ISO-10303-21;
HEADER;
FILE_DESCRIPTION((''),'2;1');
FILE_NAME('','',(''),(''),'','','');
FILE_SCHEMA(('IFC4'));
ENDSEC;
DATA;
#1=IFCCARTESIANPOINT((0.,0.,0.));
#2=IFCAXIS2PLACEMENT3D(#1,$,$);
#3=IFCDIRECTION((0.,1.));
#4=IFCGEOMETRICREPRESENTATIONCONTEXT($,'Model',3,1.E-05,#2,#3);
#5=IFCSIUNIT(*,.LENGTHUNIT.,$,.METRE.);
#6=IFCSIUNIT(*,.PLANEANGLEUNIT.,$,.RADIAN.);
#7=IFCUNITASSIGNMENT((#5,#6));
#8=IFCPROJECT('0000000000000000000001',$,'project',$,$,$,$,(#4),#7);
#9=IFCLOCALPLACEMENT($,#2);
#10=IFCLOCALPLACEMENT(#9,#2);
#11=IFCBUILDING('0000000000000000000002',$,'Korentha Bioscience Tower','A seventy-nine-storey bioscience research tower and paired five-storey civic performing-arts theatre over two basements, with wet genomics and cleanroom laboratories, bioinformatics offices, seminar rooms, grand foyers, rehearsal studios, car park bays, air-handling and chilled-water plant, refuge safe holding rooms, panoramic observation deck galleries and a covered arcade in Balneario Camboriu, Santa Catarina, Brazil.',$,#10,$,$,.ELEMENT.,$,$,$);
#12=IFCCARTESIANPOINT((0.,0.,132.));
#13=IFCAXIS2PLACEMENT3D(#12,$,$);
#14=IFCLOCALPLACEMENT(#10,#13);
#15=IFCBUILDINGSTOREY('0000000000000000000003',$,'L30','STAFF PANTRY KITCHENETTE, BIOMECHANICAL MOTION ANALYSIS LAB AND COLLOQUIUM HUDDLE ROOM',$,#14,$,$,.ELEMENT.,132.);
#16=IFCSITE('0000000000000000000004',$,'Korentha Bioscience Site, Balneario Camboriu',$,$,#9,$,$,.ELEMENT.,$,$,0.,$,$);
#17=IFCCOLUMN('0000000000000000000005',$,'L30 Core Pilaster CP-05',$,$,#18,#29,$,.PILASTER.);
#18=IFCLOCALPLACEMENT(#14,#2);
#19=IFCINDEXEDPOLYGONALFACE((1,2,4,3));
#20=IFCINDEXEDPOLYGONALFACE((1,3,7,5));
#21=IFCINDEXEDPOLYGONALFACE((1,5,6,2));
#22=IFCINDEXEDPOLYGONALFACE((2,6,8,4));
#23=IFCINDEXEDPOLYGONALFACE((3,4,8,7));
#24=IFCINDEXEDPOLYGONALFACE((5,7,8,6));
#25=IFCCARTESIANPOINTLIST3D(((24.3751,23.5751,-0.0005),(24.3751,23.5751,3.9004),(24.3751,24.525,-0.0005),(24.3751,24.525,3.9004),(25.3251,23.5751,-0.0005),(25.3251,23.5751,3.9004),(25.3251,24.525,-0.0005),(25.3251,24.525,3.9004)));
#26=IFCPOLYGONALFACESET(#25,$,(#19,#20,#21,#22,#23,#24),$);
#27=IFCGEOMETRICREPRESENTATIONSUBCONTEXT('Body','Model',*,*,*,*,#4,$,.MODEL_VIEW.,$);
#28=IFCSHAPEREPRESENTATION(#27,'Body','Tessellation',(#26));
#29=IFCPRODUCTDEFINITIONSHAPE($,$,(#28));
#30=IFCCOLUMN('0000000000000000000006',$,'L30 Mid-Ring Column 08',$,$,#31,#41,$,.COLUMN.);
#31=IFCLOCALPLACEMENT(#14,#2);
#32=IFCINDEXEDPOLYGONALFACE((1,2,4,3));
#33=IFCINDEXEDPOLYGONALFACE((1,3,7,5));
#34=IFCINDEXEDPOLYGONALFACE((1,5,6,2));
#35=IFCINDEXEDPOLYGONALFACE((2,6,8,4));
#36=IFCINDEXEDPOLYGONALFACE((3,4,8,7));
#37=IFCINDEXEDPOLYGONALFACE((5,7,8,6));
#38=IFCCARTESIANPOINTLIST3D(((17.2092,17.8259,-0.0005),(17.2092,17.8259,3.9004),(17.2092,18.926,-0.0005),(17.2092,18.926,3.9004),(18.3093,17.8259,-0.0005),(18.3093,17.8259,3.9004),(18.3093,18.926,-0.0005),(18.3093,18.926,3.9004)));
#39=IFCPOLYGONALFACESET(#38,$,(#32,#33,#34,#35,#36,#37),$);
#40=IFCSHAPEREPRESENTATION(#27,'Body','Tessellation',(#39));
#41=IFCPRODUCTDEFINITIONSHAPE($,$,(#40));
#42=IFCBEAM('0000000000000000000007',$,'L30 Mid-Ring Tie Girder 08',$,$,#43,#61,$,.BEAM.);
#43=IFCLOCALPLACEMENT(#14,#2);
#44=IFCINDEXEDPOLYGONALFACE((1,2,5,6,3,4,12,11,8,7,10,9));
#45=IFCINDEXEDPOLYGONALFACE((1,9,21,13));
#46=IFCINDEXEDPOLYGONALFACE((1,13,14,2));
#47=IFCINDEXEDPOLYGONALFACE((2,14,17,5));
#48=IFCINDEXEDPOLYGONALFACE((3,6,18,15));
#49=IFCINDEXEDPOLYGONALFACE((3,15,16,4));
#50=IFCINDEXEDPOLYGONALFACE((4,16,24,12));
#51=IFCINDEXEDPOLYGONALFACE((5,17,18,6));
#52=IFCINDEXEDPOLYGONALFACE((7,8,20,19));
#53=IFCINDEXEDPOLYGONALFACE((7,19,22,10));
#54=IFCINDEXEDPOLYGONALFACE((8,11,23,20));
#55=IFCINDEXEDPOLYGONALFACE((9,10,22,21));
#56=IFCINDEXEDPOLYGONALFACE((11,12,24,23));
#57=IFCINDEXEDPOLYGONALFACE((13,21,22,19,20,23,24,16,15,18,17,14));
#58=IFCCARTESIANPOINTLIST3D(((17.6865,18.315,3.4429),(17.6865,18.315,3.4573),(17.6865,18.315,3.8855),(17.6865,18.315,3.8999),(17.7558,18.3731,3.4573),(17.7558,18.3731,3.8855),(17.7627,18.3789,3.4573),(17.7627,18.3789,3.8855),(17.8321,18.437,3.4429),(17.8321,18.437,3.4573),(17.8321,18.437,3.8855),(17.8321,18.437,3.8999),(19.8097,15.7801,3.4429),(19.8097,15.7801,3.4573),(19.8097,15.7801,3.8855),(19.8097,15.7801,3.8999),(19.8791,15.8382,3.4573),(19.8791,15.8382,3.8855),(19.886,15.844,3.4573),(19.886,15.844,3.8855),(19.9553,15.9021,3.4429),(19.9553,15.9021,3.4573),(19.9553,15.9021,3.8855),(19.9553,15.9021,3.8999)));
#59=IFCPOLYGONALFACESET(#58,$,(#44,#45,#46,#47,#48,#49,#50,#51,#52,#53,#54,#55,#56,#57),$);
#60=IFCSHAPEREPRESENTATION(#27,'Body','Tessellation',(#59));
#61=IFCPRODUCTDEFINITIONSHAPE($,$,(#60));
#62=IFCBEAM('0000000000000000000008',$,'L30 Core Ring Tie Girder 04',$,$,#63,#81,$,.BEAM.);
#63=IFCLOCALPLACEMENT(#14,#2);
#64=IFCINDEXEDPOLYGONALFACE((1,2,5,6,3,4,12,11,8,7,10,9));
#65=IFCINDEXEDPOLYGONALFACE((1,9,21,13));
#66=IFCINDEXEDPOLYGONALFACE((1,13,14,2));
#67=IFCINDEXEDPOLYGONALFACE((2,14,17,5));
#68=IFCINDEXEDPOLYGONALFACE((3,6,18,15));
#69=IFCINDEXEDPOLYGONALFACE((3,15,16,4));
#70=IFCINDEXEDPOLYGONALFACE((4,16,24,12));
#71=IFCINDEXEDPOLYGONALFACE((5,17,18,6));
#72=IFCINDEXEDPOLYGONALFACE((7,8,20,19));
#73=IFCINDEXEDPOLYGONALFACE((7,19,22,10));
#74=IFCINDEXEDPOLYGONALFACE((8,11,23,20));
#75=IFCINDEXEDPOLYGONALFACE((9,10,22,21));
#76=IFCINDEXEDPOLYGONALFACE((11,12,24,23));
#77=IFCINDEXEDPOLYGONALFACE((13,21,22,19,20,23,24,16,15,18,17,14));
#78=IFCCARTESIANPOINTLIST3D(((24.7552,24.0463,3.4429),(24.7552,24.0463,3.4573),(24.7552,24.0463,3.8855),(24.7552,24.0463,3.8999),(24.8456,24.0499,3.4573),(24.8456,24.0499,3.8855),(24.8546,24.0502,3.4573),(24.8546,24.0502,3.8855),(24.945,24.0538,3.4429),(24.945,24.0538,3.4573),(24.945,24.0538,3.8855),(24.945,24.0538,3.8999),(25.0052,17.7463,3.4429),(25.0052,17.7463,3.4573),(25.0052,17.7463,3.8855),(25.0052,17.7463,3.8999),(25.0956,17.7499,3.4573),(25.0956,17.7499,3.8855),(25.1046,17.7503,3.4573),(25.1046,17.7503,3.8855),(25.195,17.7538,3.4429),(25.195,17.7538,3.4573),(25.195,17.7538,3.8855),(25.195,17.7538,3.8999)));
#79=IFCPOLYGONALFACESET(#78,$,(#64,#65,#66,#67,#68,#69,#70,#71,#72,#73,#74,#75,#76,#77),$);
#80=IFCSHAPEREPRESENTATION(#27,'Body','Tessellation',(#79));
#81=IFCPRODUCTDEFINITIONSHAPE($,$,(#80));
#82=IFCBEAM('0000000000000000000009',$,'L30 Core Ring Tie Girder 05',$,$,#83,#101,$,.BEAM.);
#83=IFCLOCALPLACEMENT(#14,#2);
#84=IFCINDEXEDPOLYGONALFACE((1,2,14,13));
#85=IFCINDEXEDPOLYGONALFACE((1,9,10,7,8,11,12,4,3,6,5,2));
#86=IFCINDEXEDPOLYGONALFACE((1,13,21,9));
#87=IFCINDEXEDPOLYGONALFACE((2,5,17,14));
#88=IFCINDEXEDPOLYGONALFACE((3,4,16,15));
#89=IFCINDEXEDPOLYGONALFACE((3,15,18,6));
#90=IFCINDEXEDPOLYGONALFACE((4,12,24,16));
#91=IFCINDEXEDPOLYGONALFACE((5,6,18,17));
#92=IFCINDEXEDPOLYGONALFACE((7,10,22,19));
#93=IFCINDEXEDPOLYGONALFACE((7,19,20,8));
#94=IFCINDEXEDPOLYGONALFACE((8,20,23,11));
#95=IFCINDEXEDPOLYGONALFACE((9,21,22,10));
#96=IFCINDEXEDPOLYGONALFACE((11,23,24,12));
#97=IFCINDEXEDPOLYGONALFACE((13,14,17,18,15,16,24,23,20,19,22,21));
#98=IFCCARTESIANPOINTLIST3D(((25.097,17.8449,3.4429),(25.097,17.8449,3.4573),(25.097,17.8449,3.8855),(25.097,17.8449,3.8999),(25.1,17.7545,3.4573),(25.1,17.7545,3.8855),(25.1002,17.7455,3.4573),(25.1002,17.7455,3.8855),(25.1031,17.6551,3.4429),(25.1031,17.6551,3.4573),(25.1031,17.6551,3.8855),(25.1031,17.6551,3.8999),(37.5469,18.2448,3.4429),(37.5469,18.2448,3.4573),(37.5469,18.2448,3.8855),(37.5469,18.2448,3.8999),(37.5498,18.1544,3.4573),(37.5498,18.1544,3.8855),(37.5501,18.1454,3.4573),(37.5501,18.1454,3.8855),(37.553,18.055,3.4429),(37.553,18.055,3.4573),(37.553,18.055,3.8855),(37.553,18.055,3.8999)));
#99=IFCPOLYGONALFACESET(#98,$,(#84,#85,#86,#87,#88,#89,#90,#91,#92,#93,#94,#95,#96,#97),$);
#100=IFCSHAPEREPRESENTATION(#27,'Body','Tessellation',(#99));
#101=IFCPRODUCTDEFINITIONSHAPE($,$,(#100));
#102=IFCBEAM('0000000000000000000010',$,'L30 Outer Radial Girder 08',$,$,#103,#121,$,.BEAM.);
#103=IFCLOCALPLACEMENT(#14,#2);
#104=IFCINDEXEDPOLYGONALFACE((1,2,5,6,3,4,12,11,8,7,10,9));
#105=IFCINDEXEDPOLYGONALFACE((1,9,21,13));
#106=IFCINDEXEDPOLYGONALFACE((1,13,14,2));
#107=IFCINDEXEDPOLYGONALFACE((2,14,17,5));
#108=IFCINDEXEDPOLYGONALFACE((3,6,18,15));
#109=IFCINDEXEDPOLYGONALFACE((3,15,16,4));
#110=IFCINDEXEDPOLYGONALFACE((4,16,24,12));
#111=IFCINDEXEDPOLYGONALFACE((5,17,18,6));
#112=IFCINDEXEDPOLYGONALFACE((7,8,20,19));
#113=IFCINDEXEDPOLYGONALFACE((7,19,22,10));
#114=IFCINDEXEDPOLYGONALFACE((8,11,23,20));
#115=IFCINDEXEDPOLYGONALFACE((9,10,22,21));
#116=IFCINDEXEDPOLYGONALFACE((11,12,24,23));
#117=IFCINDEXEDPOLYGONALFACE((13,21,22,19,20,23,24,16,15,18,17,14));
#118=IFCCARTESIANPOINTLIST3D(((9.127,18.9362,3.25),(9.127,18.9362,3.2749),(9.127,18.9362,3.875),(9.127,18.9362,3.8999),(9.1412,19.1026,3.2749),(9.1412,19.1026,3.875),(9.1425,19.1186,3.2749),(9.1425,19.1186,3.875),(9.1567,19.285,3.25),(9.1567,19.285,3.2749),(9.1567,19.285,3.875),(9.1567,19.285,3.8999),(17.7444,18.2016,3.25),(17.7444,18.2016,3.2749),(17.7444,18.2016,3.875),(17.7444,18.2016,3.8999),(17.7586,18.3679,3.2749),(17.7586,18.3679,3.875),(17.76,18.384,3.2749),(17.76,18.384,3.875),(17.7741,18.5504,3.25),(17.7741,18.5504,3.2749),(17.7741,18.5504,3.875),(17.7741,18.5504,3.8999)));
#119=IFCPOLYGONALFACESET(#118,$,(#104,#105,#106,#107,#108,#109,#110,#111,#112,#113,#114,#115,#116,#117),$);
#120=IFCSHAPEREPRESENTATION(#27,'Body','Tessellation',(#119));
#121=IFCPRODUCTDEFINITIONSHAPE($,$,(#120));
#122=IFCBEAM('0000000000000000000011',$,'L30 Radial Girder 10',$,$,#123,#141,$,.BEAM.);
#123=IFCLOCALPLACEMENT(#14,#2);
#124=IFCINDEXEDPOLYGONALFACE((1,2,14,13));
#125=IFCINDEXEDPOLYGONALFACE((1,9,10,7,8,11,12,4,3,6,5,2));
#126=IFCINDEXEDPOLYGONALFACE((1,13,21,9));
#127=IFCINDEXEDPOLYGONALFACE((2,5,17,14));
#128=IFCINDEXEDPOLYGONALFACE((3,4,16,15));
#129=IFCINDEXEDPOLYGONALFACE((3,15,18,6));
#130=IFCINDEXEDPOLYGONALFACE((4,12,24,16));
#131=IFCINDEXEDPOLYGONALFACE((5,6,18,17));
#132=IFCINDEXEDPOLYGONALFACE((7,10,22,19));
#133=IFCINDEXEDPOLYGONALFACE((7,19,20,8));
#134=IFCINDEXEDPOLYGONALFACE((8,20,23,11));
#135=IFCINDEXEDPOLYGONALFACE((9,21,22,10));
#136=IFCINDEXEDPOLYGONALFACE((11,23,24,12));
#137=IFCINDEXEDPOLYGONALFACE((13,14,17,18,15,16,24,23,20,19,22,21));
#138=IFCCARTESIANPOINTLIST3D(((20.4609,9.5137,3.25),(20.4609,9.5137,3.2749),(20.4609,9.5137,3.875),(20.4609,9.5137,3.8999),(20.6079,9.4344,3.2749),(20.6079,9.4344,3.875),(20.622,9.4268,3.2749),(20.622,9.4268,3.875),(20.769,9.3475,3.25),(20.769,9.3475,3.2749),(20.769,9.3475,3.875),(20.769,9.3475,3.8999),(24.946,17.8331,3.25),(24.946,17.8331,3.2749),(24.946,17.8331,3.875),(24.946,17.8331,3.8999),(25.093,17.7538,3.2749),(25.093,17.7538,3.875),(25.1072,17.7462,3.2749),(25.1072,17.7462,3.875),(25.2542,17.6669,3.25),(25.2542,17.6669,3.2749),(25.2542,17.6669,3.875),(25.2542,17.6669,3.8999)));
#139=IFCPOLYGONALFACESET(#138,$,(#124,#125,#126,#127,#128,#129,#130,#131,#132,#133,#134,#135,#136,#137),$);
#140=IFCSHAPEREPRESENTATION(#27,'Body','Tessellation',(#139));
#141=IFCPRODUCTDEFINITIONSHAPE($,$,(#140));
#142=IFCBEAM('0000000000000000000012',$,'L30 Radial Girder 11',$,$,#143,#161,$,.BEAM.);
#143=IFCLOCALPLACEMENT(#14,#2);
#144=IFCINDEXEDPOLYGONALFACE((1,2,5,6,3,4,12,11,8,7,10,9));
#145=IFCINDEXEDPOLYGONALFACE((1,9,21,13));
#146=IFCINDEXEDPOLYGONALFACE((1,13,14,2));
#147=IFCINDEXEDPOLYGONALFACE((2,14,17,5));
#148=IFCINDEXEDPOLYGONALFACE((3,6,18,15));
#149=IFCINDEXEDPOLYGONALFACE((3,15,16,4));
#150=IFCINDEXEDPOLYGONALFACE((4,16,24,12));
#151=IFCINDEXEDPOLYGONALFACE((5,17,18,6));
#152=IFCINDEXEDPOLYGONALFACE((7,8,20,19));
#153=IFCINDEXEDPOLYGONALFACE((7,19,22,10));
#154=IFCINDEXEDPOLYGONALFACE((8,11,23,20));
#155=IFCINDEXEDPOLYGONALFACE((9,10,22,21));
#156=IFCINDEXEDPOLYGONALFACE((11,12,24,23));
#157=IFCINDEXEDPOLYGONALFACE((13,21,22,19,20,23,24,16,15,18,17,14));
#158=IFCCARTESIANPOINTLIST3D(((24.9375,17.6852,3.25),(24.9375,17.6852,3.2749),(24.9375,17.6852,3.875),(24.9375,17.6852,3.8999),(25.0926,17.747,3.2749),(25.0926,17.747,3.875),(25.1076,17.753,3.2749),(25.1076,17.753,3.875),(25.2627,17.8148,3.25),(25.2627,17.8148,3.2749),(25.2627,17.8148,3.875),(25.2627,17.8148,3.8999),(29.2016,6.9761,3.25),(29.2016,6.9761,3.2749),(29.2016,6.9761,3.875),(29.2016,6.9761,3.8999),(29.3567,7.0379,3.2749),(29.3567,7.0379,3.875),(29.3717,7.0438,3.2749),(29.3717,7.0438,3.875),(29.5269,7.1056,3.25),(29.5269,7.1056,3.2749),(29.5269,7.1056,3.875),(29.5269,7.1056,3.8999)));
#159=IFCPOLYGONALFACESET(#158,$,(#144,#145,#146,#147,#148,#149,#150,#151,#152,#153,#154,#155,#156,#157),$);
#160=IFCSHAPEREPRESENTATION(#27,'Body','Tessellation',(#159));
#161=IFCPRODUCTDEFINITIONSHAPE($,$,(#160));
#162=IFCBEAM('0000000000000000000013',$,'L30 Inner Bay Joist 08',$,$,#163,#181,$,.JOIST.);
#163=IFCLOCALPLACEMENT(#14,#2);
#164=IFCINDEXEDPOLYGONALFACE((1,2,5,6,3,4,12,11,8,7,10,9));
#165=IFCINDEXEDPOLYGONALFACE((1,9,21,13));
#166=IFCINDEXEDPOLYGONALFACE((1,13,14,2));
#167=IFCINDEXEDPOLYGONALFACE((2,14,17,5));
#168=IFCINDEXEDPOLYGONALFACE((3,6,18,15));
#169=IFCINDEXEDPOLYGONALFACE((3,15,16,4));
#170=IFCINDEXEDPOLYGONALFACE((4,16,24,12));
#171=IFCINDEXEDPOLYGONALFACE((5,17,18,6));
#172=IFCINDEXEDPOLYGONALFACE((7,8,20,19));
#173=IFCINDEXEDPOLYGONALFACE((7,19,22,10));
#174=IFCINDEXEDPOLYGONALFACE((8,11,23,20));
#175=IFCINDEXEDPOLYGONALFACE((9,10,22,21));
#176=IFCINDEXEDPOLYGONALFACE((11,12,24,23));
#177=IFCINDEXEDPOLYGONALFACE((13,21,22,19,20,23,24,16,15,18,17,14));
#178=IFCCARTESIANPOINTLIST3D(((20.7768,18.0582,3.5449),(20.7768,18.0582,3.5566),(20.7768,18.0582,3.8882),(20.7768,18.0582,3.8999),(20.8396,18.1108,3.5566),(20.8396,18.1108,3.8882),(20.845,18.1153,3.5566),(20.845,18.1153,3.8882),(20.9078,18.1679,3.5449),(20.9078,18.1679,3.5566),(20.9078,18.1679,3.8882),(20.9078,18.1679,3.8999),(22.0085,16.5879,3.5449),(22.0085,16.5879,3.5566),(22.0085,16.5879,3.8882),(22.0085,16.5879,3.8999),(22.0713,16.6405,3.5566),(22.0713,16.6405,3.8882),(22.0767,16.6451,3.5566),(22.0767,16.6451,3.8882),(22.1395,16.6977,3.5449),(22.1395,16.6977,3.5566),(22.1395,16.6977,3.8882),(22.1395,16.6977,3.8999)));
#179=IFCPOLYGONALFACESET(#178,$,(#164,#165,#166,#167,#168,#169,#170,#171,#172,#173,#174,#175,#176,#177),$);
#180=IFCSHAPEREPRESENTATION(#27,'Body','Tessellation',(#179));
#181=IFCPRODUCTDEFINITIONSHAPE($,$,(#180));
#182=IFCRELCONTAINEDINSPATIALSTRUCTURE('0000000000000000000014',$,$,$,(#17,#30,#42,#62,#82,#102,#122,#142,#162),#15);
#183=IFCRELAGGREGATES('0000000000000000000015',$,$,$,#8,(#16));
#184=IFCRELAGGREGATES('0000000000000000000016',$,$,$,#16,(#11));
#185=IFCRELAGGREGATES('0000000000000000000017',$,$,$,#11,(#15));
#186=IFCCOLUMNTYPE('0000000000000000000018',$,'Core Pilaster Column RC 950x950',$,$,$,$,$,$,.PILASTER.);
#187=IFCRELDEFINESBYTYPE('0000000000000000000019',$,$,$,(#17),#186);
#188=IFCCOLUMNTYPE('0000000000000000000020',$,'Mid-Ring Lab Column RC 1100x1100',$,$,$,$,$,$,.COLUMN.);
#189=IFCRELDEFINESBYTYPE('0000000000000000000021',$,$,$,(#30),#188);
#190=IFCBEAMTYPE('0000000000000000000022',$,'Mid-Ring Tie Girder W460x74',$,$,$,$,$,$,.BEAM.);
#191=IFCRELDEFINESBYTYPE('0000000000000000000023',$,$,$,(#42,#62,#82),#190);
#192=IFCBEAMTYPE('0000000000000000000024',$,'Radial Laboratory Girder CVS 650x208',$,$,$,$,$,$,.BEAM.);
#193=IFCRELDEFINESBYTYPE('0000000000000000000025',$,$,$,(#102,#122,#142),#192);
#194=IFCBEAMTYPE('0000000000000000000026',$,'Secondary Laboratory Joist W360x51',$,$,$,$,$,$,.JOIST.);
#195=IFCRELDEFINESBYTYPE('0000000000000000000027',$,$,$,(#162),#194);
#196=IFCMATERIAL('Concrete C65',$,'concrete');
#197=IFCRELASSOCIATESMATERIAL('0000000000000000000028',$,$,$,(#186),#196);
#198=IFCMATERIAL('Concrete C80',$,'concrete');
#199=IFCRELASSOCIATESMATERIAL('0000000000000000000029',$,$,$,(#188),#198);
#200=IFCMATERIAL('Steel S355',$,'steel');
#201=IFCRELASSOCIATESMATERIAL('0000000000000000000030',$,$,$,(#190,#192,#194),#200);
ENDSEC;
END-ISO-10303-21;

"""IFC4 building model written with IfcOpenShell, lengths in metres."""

from ifc_helpers import new_model, si_unit, direction, frame, origin, origin_2d, place, context, subcontext, project, spatial, rectangle, i_section, extrude, material, material_profile, profile_set, type_object, element, save


model = new_model("IFC4")

# Units and contexts
model_context = context("Model", 3, precision=1e-05, world=origin(), true_north=direction((0.0, 1.0)))
body_context = subcontext(model_context, "Body", "Model", "MODEL_VIEW")
ifc_project = project(units=[si_unit("LENGTHUNIT", "METRE"), si_unit("PLANEANGLEUNIT", "RADIAN")], contexts=[model_context])

# Site, building, storey
site_placement = place(None, origin())
site = spatial("IfcSite", under=ifc_project, at=site_placement, Name="Korentha Bioscience Site, Balneario Camboriu", CompositionType="ELEMENT", RefElevation=0.0)
building_placement = place(site_placement, origin())
building = spatial("IfcBuilding", under=site, at=building_placement, Name="Korentha Bioscience Tower", Description="A seventy-nine-storey bioscience research tower and paired five-storey civic performing-arts theatre over two basements, with wet genomics and cleanroom laboratories, bioinformatics offices, seminar rooms, grand foyers, rehearsal studios, car park bays, air-handling and chilled-water plant, refuge safe holding rooms, panoramic observation deck galleries and a covered arcade in Balneario Camboriu, Santa Catarina, Brazil.", CompositionType="ELEMENT")
storey_placement = place(building_placement, frame((0.0, 0.0, 132.0)))
storey = spatial("IfcBuildingStorey", under=building, at=storey_placement, Name="L30", Description="STAFF PANTRY KITCHENETTE, BIOMECHANICAL MOTION ANALYSIS LAB AND COLLOQUIUM HUDDLE ROOM", CompositionType="ELEMENT", Elevation=132.0)

# Columns
ifc_material_1 = material(Name="Concrete C65", Category="concrete")
ifc_material_profile_1 = material_profile(ifc_material_1, rectangle(XDim=0.95, YDim=0.95, at=origin_2d()), Name="Concrete C65")
ifc_profile_set_1 = profile_set([ifc_material_profile_1], Name="Concrete C65 (COL-CP09)")
column_type_1 = type_object("IfcColumnType", Name="Core Pilaster Column RC 950x950", PredefinedType="PILASTER", material=ifc_profile_set_1)
column_1_placement = place(storey_placement, frame((24.8501, 24.05, -0.0005), z_axis=(0.0, 0.0, 1.0), x_axis=(1.0, 0.0, 0.0)))
element("IfcColumn", 1, at=column_1_placement, inside=storey, type_object=column_type_1, Name="L30 Core Pilaster CP-05", PredefinedType="PILASTER", context=body_context, shape_type="SweptSolid", body=[
    extrude(rectangle(XDim=0.95, YDim=0.95, at=origin_2d()), origin(), (0.0, 0.0, 1.0), 3.9009),
])
ifc_material_2 = material(Name="Concrete C80", Category="concrete")
ifc_material_profile_2 = material_profile(ifc_material_2, rectangle(XDim=1.1001, YDim=1.1001, at=origin_2d()), Name="Concrete C80")
ifc_profile_set_2 = profile_set([ifc_material_profile_2], Name="Concrete C80 (COL-MR11)")
column_type_2 = type_object("IfcColumnType", Name="Mid-Ring Lab Column RC 1100x1100", PredefinedType="COLUMN", material=ifc_profile_set_2)
column_2_placement = place(storey_placement, frame((17.7593, 18.376, -0.0005), z_axis=(0.0, 0.0, 1.0), x_axis=(1.0, 0.0, 0.0)))
element("IfcColumn", 2, at=column_2_placement, inside=storey, type_object=column_type_2, Name="L30 Mid-Ring Column 08", PredefinedType="COLUMN", context=body_context, shape_type="SweptSolid", body=[
    extrude(rectangle(XDim=1.1001, YDim=1.1001, at=origin_2d()), origin(), (0.0, 0.0, 1.0), 3.9009),
])

# Beams
ifc_material_3 = material(Name="Steel S355", Category="steel")
ifc_material_profile_3 = material_profile(ifc_material_3, i_section(OverallWidth=0.1899, OverallDepth=0.457, WebThickness=0.009, FlangeThickness=0.0144, at=origin_2d()), Name="Steel S355")
ifc_profile_set_3 = profile_set([ifc_material_profile_3], Name="Steel S355 (MB-460)")
beam_type_1 = type_object("IfcBeamType", Name="Mid-Ring Tie Girder W460x74", PredefinedType="BEAM", material=ifc_profile_set_3)
beam_1_placement = place(storey_placement, frame((17.7593, 18.376, 3.6714), z_axis=(0.642121, -0.766603, 0.0), x_axis=(0.766603, 0.642121, 0.0)))
element("IfcBeam", 3, at=beam_1_placement, inside=storey, type_object=beam_type_1, Name="L30 Mid-Ring Tie Girder 08", PredefinedType="BEAM", context=body_context, shape_type="SweptSolid", body=[
    extrude(i_section(OverallWidth=0.1899, OverallDepth=0.457, WebThickness=0.009, FlangeThickness=0.0144, at=origin_2d()), origin(), (0.0, 0.0, 1.0), 3.3066),
])
beam_2_placement = place(storey_placement, frame((24.8501, 24.05, 3.6714), z_axis=(0.039651, -0.999214, 0.0), x_axis=(0.999214, 0.039651, 0.0)))
element("IfcBeam", 4, at=beam_2_placement, inside=storey, type_object=beam_type_1, Name="L30 Core Ring Tie Girder 04", PredefinedType="BEAM", context=body_context, shape_type="SweptSolid", body=[
    extrude(i_section(OverallWidth=0.1899, OverallDepth=0.457, WebThickness=0.009, FlangeThickness=0.0144, at=origin_2d()), origin(), (0.0, 0.0, 1.0), 6.3049),
])
beam_3_placement = place(storey_placement, frame((25.1001, 17.75, 3.6714), z_axis=(0.999485, 0.032104, 0.0), x_axis=(-0.032104, 0.999485, 0.0)))
element("IfcBeam", 5, at=beam_3_placement, inside=storey, type_object=beam_type_1, Name="L30 Core Ring Tie Girder 05", PredefinedType="BEAM", context=body_context, shape_type="SweptSolid", body=[
    extrude(i_section(OverallWidth=0.1899, OverallDepth=0.457, WebThickness=0.009, FlangeThickness=0.0144, at=origin_2d()), origin(), (0.0, 0.0, 1.0), 12.4563),
])
ifc_material_profile_4 = material_profile(ifc_material_3, i_section(OverallWidth=0.3501, OverallDepth=0.6499, WebThickness=0.0161, FlangeThickness=0.0249, at=origin_2d()), Name="Steel S355")
ifc_profile_set_4 = profile_set([ifc_material_profile_4], Name="Steel S355 (RB-650)")
beam_type_2 = type_object("IfcBeamType", Name="Radial Laboratory Girder CVS 650x208", PredefinedType="BEAM", material=ifc_profile_set_4)
beam_4_placement = place(storey_placement, frame((17.7593, 18.376, 3.575), z_axis=(-0.996386, 0.08494, 0.0), x_axis=(-0.08494, -0.996386, 0.0)))
element("IfcBeam", 6, at=beam_4_placement, inside=storey, type_object=beam_type_2, Name="L30 Outer Radial Girder 08", PredefinedType="BEAM", context=body_context, shape_type="SweptSolid", body=[
    extrude(i_section(OverallWidth=0.3501, OverallDepth=0.6499, WebThickness=0.0161, FlangeThickness=0.0249, at=origin_2d()), origin(), (0.0, 0.0, 1.0), 8.6487),
])
beam_5_placement = place(storey_placement, frame((25.1001, 17.75, 3.575), z_axis=(-0.474548, -0.88023, 0.0), x_axis=(0.88023, -0.474548, 0.0)))
element("IfcBeam", 7, at=beam_5_placement, inside=storey, type_object=beam_type_2, Name="L30 Radial Girder 10", PredefinedType="BEAM", context=body_context, shape_type="SweptSolid", body=[
    extrude(i_section(OverallWidth=0.3501, OverallDepth=0.6499, WebThickness=0.0161, FlangeThickness=0.0249, at=origin_2d()), origin(), (0.0, 0.0, 1.0), 9.4514),
])
beam_6_placement = place(storey_placement, frame((25.1001, 17.75, 3.575), z_axis=(0.36993, -0.92906, 0.0), x_axis=(0.92906, 0.36993, 0.0)))
element("IfcBeam", 8, at=beam_6_placement, inside=storey, type_object=beam_type_2, Name="L30 Radial Girder 11", PredefinedType="BEAM", context=body_context, shape_type="SweptSolid", body=[
    extrude(i_section(OverallWidth=0.3501, OverallDepth=0.6499, WebThickness=0.0161, FlangeThickness=0.0249, at=origin_2d()), origin(), (0.0, 0.0, 1.0), 11.5269),
])
ifc_material_profile_5 = material_profile(ifc_material_3, i_section(OverallWidth=0.1709, OverallDepth=0.355, WebThickness=0.0071, FlangeThickness=0.0117, at=origin_2d()), Name="Steel S355")
ifc_profile_set_5 = profile_set([ifc_material_profile_5], Name="Steel S355 (JB-360)")
beam_type_3 = type_object("IfcBeamType", Name="Secondary Laboratory Joist W360x51", PredefinedType="JOIST", material=ifc_profile_set_5)
beam_7_placement = place(storey_placement, frame((20.8423, 18.113, 3.7224), z_axis=(0.642185, -0.766549, 0.0), x_axis=(0.766549, 0.642185, 0.0)))
element("IfcBeam", 9, at=beam_7_placement, inside=storey, type_object=beam_type_3, Name="L30 Inner Bay Joist 08", PredefinedType="JOIST", context=body_context, shape_type="SweptSolid", body=[
    extrude(i_section(OverallWidth=0.1709, OverallDepth=0.355, WebThickness=0.0071, FlangeThickness=0.0117, at=origin_2d()), origin(), (0.0, 0.0, 1.0), 1.918),
])

save(model, "model.ifc")
